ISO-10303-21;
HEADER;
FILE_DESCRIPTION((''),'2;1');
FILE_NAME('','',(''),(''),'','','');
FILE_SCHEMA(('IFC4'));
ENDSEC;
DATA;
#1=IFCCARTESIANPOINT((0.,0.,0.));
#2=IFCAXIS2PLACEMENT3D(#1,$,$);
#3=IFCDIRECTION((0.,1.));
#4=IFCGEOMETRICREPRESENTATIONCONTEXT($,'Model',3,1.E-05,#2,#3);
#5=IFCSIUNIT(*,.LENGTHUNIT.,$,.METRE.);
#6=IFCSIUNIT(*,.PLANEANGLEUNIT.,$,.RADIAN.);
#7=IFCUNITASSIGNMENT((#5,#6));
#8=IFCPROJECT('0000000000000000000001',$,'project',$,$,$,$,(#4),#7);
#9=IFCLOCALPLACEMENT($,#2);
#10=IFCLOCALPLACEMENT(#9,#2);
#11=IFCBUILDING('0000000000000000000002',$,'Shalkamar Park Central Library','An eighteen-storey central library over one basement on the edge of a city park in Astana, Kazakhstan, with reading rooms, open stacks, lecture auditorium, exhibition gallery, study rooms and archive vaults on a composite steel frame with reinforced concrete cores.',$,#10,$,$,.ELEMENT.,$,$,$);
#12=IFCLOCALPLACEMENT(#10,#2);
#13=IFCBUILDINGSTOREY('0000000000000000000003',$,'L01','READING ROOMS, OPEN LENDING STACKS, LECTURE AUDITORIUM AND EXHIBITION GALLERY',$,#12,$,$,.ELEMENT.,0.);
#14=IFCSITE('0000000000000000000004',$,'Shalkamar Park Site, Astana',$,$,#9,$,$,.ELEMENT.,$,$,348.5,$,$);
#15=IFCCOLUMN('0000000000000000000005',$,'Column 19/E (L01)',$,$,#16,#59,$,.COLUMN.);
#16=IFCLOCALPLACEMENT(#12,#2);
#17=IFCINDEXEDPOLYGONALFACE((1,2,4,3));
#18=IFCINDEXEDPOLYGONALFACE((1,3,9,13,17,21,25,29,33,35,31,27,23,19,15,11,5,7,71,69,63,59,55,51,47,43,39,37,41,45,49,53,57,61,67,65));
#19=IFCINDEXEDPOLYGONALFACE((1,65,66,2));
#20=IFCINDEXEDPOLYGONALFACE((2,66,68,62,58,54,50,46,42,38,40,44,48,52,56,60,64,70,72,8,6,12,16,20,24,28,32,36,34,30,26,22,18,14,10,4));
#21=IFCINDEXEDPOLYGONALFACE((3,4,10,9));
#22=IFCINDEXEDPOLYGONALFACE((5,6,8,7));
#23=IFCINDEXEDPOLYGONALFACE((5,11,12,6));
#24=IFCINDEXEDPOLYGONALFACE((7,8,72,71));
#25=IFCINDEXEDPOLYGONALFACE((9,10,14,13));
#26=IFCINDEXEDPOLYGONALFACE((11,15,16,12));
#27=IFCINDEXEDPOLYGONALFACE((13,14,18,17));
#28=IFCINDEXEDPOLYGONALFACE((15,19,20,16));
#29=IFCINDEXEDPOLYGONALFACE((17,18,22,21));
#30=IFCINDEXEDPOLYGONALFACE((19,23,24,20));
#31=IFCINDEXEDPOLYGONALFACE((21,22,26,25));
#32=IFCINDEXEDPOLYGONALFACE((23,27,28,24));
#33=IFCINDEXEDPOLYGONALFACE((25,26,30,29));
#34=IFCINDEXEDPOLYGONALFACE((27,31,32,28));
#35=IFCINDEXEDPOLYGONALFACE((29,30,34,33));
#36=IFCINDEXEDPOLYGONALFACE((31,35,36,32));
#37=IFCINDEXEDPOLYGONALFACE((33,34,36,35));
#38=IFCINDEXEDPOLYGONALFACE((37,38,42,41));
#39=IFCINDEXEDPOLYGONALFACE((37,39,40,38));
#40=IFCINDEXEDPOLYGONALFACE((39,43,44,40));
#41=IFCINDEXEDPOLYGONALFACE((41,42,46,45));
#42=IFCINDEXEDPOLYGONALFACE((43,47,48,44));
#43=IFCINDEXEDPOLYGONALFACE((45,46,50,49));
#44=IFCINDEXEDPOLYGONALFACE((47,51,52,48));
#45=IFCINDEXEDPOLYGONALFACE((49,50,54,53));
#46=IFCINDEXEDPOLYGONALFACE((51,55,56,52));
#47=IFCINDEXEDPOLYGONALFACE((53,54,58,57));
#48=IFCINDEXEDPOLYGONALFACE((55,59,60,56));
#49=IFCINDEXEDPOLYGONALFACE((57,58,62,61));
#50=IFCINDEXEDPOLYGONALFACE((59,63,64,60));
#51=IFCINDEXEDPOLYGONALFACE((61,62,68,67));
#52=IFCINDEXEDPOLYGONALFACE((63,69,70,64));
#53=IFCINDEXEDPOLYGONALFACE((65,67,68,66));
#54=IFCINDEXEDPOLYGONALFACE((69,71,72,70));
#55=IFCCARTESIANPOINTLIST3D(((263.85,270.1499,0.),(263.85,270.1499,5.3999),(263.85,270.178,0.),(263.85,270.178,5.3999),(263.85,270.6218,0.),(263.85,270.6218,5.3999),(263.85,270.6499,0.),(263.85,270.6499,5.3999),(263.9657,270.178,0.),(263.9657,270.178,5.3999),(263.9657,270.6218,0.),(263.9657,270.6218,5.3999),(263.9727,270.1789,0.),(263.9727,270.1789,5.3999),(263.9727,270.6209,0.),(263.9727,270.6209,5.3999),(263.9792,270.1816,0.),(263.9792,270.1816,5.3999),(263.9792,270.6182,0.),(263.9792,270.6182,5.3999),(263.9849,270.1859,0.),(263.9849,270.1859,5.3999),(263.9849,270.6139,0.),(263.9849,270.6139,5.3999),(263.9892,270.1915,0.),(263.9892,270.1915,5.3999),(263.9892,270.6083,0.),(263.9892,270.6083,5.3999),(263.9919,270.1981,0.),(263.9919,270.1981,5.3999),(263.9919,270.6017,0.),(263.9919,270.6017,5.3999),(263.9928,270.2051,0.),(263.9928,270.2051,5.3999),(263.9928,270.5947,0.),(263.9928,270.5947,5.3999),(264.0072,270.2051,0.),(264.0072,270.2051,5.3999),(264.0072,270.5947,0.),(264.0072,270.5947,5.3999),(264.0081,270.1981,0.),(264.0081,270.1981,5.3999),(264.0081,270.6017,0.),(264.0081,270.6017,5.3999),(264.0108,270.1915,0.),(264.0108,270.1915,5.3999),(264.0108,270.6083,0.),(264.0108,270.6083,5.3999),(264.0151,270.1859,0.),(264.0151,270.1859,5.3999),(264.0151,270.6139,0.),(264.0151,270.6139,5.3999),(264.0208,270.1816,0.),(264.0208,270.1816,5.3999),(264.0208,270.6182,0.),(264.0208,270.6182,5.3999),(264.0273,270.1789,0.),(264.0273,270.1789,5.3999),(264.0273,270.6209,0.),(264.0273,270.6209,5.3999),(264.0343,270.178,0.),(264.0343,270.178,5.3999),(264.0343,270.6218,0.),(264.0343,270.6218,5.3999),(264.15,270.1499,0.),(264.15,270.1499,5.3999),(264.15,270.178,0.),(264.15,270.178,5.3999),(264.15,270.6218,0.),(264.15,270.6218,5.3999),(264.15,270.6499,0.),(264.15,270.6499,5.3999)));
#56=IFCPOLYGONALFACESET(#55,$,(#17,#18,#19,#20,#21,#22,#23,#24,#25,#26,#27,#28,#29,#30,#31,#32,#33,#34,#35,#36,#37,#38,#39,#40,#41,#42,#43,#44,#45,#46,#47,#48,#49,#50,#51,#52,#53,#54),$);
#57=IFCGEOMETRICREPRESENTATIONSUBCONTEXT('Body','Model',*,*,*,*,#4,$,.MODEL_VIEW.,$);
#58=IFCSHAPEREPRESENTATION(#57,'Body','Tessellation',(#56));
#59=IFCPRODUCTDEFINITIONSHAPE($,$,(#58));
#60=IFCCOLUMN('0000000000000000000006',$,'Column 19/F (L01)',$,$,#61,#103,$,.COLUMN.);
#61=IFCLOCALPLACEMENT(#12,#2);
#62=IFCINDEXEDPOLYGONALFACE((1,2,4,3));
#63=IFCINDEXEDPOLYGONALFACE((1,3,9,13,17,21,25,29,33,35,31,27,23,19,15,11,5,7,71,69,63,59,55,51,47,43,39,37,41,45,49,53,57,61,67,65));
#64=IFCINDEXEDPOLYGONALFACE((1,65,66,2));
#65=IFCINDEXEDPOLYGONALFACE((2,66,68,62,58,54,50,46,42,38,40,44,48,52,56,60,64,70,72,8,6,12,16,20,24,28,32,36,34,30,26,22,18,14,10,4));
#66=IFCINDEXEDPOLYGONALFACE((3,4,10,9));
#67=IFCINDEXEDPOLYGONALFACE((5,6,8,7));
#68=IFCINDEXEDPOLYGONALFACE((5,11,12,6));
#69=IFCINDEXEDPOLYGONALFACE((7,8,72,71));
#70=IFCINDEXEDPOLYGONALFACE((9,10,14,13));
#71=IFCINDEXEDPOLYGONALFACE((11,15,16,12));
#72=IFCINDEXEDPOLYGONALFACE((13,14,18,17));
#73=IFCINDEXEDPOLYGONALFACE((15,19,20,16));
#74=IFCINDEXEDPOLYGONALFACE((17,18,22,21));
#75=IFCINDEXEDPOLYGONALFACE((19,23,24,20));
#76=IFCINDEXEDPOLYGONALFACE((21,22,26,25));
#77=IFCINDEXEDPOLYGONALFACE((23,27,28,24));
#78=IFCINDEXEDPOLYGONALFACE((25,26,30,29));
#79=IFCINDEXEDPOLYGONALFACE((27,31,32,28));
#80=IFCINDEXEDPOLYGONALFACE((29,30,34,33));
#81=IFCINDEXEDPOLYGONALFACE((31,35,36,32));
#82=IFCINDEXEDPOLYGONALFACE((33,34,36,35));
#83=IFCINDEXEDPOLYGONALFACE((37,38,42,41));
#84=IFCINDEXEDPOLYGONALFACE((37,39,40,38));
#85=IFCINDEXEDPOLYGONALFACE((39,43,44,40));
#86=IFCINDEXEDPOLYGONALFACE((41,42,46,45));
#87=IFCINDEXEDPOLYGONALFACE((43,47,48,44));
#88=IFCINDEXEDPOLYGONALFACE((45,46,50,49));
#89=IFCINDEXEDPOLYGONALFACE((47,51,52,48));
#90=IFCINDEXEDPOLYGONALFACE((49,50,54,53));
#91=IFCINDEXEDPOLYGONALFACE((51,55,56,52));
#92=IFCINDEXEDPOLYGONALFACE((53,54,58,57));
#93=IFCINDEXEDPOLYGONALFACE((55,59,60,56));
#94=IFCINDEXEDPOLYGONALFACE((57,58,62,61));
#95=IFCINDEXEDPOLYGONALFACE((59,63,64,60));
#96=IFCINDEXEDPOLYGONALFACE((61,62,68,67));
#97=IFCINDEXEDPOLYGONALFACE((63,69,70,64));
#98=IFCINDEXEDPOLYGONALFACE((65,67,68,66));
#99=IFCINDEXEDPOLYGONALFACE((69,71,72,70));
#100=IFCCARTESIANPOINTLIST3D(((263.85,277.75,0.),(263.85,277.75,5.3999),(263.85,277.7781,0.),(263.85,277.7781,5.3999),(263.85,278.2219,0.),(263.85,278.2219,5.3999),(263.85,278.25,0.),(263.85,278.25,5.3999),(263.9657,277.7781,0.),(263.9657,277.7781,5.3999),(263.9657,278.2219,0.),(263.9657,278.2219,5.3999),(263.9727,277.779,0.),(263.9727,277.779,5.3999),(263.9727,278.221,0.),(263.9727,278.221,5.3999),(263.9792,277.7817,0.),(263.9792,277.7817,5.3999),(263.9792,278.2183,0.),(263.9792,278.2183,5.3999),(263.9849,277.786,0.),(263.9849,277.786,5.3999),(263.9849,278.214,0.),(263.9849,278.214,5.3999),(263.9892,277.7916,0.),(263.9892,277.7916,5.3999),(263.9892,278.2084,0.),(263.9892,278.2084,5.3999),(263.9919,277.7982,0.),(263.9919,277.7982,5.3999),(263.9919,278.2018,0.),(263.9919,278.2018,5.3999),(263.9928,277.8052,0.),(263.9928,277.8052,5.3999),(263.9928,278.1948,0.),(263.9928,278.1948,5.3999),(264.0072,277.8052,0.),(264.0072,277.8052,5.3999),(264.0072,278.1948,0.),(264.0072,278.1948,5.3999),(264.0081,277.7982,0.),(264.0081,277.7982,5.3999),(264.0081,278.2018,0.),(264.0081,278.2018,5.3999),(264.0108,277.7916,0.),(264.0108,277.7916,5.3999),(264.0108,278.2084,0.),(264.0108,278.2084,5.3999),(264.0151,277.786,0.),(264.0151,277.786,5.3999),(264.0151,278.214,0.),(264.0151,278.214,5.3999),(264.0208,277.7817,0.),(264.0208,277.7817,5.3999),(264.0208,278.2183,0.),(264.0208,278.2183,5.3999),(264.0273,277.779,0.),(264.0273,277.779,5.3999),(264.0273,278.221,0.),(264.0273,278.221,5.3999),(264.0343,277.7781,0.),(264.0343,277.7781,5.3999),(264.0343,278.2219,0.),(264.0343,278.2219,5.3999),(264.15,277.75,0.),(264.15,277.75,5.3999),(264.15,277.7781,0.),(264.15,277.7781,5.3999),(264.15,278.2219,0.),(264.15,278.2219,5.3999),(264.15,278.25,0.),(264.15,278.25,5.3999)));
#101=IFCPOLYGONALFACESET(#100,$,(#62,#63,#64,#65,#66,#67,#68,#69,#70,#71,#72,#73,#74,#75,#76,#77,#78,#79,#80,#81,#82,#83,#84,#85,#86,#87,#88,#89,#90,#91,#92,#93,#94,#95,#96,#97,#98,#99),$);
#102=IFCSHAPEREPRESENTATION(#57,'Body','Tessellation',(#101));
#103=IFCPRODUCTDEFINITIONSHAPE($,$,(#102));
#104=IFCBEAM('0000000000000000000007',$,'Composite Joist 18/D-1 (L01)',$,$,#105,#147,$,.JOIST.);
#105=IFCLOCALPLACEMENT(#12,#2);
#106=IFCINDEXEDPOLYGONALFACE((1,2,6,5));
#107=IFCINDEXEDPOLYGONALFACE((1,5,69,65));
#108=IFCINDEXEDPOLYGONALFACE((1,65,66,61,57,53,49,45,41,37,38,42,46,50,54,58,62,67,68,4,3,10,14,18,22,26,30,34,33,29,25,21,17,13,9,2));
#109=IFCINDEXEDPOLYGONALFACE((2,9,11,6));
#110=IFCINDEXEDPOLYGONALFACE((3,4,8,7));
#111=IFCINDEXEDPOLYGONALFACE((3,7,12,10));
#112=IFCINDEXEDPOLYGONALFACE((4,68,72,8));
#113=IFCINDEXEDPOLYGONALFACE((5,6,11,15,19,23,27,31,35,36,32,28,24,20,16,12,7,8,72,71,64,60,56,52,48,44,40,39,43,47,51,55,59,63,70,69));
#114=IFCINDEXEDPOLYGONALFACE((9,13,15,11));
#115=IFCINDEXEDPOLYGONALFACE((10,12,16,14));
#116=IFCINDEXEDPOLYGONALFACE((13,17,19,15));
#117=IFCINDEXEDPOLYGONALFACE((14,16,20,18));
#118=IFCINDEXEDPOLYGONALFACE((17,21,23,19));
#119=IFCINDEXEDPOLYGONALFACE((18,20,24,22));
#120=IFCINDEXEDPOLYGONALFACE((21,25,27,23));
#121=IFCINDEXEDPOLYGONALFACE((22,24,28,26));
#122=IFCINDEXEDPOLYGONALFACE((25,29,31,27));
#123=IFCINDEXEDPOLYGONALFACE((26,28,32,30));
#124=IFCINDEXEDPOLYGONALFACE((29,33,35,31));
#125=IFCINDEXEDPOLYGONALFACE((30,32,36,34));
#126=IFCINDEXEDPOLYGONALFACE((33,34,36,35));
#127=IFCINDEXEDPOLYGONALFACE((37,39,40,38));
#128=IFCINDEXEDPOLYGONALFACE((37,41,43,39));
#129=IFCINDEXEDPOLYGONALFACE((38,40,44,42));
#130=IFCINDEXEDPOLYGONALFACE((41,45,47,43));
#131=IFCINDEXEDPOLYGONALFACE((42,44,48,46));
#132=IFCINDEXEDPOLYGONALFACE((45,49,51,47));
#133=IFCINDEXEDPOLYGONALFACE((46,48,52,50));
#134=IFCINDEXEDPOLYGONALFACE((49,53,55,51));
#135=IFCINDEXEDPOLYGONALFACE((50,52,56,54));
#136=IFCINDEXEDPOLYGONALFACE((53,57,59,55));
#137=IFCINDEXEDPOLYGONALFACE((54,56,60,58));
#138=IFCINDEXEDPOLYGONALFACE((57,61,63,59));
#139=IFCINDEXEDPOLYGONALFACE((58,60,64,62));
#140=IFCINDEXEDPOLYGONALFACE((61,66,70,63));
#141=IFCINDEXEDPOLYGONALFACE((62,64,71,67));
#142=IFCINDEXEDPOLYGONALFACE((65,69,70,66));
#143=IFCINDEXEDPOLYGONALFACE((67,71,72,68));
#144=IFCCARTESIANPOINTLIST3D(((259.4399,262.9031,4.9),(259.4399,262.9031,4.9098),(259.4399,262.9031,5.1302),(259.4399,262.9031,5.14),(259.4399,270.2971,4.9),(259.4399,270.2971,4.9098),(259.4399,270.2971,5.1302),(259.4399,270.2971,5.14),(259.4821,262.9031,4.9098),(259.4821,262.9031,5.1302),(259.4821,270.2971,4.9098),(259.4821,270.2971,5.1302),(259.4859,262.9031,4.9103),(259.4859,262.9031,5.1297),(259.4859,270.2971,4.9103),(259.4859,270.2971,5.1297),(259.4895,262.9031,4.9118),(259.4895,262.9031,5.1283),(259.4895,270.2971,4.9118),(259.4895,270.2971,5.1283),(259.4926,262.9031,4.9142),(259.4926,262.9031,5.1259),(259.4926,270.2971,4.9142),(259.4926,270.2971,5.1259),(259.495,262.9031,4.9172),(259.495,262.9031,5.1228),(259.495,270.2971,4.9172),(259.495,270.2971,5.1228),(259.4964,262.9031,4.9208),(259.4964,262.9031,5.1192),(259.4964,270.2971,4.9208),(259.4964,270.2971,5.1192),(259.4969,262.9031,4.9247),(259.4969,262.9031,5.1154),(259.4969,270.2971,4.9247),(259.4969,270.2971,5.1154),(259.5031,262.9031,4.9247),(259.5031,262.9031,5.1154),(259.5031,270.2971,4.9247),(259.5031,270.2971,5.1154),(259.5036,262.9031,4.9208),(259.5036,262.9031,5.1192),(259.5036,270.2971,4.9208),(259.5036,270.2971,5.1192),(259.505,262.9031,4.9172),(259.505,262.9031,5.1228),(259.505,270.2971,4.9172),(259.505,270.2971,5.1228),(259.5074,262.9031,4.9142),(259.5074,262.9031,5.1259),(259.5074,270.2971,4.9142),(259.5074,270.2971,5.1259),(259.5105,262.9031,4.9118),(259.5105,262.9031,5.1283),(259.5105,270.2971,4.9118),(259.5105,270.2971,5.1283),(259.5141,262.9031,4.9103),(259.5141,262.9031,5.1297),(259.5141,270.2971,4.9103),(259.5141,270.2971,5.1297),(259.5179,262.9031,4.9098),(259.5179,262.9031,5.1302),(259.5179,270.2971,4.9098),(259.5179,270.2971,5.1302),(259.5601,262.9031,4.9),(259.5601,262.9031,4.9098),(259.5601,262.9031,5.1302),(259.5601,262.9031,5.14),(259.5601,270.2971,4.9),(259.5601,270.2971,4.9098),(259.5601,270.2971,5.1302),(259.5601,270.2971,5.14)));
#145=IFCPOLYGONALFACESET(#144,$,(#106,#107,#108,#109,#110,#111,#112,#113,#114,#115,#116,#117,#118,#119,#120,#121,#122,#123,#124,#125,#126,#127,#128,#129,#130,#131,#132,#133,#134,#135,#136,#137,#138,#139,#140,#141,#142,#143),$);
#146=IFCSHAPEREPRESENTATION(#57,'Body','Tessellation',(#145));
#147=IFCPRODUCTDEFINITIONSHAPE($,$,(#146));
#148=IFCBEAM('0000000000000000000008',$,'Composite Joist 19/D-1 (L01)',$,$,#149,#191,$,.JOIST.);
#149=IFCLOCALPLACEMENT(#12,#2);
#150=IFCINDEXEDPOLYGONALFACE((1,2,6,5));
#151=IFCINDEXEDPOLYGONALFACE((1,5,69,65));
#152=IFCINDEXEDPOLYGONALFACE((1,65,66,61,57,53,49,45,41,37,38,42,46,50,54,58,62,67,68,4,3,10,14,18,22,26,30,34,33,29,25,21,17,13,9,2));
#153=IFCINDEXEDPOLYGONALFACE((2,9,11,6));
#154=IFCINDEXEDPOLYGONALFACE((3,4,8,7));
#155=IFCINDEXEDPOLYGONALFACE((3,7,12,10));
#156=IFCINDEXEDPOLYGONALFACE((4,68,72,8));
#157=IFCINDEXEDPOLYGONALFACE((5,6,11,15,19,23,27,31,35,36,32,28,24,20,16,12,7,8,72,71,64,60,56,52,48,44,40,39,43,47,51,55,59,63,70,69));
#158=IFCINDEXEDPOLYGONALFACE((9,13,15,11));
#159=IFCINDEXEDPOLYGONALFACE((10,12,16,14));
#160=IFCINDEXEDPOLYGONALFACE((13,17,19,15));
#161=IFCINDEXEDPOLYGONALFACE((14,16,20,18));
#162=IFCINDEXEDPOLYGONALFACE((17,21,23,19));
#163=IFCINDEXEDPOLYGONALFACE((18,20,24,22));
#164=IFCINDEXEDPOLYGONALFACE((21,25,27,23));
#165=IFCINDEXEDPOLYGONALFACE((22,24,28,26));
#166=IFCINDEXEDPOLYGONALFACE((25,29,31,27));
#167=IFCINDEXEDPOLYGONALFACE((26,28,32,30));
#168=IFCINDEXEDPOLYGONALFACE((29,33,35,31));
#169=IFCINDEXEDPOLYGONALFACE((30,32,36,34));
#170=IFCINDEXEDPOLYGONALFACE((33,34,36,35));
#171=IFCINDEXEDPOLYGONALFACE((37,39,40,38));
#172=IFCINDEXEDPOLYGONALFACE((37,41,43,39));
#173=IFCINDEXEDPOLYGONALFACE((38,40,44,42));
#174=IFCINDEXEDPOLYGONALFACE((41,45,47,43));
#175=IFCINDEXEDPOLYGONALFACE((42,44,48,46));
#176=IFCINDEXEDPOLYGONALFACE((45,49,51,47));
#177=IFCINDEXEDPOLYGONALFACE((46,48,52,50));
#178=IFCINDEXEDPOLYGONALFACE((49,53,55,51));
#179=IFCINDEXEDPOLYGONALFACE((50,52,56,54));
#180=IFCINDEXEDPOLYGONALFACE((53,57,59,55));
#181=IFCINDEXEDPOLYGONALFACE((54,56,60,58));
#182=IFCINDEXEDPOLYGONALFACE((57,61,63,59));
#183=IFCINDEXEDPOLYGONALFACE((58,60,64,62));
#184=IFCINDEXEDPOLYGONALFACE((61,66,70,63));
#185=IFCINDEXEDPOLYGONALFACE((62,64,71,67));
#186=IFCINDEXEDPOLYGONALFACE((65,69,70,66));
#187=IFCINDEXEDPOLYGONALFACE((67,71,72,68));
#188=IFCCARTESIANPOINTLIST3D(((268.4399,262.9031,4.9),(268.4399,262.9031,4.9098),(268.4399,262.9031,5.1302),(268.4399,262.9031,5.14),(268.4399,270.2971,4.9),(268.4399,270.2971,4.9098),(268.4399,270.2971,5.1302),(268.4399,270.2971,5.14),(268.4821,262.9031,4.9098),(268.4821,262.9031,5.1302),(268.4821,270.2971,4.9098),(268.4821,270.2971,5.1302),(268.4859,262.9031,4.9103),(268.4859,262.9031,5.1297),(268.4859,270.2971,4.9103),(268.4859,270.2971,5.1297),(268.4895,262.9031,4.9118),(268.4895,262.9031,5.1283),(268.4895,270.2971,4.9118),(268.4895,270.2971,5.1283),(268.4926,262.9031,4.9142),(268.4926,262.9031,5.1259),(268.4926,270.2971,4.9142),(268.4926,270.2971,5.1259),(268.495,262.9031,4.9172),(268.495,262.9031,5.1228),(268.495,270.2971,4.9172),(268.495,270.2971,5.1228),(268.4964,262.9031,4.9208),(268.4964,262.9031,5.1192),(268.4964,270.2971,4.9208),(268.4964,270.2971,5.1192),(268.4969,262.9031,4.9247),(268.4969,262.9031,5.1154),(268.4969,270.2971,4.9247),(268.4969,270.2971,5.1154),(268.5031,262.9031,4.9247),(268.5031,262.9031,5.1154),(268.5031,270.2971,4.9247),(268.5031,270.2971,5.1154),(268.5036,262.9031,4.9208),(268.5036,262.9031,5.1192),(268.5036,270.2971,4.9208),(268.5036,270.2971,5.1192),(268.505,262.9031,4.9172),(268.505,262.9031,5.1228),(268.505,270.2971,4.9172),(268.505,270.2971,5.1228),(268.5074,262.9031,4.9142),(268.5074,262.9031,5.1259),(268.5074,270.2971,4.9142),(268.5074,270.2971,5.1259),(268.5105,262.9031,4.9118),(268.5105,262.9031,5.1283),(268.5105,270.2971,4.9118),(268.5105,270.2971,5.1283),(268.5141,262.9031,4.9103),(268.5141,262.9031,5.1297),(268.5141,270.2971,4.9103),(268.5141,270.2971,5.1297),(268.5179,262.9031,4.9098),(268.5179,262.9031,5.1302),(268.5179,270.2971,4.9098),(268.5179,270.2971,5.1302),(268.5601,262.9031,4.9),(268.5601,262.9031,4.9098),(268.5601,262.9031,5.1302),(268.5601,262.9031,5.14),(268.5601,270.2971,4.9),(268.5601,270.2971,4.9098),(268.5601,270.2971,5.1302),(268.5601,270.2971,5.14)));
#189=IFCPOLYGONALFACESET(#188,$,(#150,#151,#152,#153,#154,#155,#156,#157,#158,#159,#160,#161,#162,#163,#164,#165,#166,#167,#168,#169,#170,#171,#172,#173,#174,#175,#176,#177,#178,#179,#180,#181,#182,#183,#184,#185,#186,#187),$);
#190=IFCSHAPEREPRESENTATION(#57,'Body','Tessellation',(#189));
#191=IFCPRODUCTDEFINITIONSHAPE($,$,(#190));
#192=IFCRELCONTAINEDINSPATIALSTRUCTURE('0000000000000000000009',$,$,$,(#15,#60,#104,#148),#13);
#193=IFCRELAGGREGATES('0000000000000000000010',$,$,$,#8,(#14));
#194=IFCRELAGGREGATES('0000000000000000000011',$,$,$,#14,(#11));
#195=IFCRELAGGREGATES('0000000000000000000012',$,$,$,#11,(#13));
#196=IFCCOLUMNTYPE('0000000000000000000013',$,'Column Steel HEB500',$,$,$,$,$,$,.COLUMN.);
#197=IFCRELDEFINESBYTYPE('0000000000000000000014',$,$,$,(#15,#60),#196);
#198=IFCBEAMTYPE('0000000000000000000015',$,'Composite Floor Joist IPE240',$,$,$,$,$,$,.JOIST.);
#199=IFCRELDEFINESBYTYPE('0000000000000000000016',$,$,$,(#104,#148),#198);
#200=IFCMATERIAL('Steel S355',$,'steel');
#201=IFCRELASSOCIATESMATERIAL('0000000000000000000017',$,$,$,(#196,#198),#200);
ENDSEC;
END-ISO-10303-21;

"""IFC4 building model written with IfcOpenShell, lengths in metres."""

from ifc_helpers import new_model, si_unit, direction, frame, origin, origin_2d, place, context, subcontext, project, spatial, i_section, extrude, material, material_profile, profile_set, type_object, element, save


model = new_model("IFC4")

# Units and contexts
model_context = context("Model", 3, precision=1e-05, world=origin(), true_north=direction((0.0, 1.0)))
body_context = subcontext(model_context, "Body", "Model", "MODEL_VIEW")
ifc_project = project(units=[si_unit("LENGTHUNIT", "METRE"), si_unit("PLANEANGLEUNIT", "RADIAN")], contexts=[model_context])

# Site, building, storey
site_placement = place(None, origin())
site = spatial("IfcSite", under=ifc_project, at=site_placement, Name="Shalkamar Park Site, Astana", CompositionType="ELEMENT", RefElevation=348.5)
building_placement = place(site_placement, origin())
building = spatial("IfcBuilding", under=site, at=building_placement, Name="Shalkamar Park Central Library", Description="An eighteen-storey central library over one basement on the edge of a city park in Astana, Kazakhstan, with reading rooms, open stacks, lecture auditorium, exhibition gallery, study rooms and archive vaults on a composite steel frame with reinforced concrete cores.", CompositionType="ELEMENT")
storey_placement = place(building_placement, origin())
storey = spatial("IfcBuildingStorey", under=building, at=storey_placement, Name="L01", Description="READING ROOMS, OPEN LENDING STACKS, LECTURE AUDITORIUM AND EXHIBITION GALLERY", CompositionType="ELEMENT", Elevation=0.0)

# Columns
ifc_material_1 = material(Name="Steel S355", Category="steel")
ifc_material_profile_1 = material_profile(ifc_material_1, i_section(OverallWidth=0.3, OverallDepth=0.5, WebThickness=0.0144, FlangeThickness=0.0281, FilletRadius=0.0271, at=origin_2d()), Name="HEB 500")
ifc_profile_set_1 = profile_set([ifc_material_profile_1], Name="Steel S355")
column_type_1 = type_object("IfcColumnType", Name="Column Steel HEB500", PredefinedType="COLUMN", material=ifc_profile_set_1)
for number, where, z_axis, x_axis, name in (
    (1, (264.0, 270.3999, 0.0), (0.0, 0.0, 1.0), (1.0, 0.0, 0.0), "Column 19/E (L01)"),
    (2, (264.0, 278.0, 0.0), (0.0, 0.0, 1.0), (1.0, 0.0, 0.0), "Column 19/F (L01)"),
):
    element("IfcColumn", number, at=place(storey_placement, frame(where, z_axis=z_axis, x_axis=x_axis)), inside=storey, type_object=column_type_1, Name=name, PredefinedType="COLUMN", context=body_context, shape_type="SweptSolid", body=[
        extrude(i_section(OverallWidth=0.3, OverallDepth=0.5, WebThickness=0.0144, FlangeThickness=0.0281, FilletRadius=0.0271, at=origin_2d()), origin(), (0.0, 0.0, 1.0), 5.3999),
    ])

# Beams
ifc_material_profile_2 = material_profile(ifc_material_1, i_section(OverallWidth=0.1201, OverallDepth=0.24, WebThickness=0.0061, FlangeThickness=0.0098, FilletRadius=0.0149, at=origin_2d()), Name="IPE 240")
ifc_profile_set_2 = profile_set([ifc_material_profile_2], Name="Steel S355")
beam_type_1 = type_object("IfcBeamType", Name="Composite Floor Joist IPE240", PredefinedType="JOIST", material=ifc_profile_set_2)
for number, where, z_axis, x_axis, name in (
    (3, (259.5, 262.9031, 5.02), (0.0, 1.0, 0.0), (-1.0, 0.0, 0.0), "Composite Joist 18/D-1 (L01)"),
    (4, (268.5, 262.9031, 5.02), (0.0, 1.0, 0.0), (-1.0, 0.0, 0.0), "Composite Joist 19/D-1 (L01)"),
):
    element("IfcBeam", number, at=place(storey_placement, frame(where, z_axis=z_axis, x_axis=x_axis)), inside=storey, type_object=beam_type_1, Name=name, PredefinedType="JOIST", context=body_context, shape_type="SweptSolid", body=[
        extrude(i_section(OverallWidth=0.1201, OverallDepth=0.24, WebThickness=0.0061, FlangeThickness=0.0098, FilletRadius=0.0149, at=origin_2d()), origin(), (0.0, 0.0, 1.0), 7.394),
    ])

save(model, "model.ifc")
